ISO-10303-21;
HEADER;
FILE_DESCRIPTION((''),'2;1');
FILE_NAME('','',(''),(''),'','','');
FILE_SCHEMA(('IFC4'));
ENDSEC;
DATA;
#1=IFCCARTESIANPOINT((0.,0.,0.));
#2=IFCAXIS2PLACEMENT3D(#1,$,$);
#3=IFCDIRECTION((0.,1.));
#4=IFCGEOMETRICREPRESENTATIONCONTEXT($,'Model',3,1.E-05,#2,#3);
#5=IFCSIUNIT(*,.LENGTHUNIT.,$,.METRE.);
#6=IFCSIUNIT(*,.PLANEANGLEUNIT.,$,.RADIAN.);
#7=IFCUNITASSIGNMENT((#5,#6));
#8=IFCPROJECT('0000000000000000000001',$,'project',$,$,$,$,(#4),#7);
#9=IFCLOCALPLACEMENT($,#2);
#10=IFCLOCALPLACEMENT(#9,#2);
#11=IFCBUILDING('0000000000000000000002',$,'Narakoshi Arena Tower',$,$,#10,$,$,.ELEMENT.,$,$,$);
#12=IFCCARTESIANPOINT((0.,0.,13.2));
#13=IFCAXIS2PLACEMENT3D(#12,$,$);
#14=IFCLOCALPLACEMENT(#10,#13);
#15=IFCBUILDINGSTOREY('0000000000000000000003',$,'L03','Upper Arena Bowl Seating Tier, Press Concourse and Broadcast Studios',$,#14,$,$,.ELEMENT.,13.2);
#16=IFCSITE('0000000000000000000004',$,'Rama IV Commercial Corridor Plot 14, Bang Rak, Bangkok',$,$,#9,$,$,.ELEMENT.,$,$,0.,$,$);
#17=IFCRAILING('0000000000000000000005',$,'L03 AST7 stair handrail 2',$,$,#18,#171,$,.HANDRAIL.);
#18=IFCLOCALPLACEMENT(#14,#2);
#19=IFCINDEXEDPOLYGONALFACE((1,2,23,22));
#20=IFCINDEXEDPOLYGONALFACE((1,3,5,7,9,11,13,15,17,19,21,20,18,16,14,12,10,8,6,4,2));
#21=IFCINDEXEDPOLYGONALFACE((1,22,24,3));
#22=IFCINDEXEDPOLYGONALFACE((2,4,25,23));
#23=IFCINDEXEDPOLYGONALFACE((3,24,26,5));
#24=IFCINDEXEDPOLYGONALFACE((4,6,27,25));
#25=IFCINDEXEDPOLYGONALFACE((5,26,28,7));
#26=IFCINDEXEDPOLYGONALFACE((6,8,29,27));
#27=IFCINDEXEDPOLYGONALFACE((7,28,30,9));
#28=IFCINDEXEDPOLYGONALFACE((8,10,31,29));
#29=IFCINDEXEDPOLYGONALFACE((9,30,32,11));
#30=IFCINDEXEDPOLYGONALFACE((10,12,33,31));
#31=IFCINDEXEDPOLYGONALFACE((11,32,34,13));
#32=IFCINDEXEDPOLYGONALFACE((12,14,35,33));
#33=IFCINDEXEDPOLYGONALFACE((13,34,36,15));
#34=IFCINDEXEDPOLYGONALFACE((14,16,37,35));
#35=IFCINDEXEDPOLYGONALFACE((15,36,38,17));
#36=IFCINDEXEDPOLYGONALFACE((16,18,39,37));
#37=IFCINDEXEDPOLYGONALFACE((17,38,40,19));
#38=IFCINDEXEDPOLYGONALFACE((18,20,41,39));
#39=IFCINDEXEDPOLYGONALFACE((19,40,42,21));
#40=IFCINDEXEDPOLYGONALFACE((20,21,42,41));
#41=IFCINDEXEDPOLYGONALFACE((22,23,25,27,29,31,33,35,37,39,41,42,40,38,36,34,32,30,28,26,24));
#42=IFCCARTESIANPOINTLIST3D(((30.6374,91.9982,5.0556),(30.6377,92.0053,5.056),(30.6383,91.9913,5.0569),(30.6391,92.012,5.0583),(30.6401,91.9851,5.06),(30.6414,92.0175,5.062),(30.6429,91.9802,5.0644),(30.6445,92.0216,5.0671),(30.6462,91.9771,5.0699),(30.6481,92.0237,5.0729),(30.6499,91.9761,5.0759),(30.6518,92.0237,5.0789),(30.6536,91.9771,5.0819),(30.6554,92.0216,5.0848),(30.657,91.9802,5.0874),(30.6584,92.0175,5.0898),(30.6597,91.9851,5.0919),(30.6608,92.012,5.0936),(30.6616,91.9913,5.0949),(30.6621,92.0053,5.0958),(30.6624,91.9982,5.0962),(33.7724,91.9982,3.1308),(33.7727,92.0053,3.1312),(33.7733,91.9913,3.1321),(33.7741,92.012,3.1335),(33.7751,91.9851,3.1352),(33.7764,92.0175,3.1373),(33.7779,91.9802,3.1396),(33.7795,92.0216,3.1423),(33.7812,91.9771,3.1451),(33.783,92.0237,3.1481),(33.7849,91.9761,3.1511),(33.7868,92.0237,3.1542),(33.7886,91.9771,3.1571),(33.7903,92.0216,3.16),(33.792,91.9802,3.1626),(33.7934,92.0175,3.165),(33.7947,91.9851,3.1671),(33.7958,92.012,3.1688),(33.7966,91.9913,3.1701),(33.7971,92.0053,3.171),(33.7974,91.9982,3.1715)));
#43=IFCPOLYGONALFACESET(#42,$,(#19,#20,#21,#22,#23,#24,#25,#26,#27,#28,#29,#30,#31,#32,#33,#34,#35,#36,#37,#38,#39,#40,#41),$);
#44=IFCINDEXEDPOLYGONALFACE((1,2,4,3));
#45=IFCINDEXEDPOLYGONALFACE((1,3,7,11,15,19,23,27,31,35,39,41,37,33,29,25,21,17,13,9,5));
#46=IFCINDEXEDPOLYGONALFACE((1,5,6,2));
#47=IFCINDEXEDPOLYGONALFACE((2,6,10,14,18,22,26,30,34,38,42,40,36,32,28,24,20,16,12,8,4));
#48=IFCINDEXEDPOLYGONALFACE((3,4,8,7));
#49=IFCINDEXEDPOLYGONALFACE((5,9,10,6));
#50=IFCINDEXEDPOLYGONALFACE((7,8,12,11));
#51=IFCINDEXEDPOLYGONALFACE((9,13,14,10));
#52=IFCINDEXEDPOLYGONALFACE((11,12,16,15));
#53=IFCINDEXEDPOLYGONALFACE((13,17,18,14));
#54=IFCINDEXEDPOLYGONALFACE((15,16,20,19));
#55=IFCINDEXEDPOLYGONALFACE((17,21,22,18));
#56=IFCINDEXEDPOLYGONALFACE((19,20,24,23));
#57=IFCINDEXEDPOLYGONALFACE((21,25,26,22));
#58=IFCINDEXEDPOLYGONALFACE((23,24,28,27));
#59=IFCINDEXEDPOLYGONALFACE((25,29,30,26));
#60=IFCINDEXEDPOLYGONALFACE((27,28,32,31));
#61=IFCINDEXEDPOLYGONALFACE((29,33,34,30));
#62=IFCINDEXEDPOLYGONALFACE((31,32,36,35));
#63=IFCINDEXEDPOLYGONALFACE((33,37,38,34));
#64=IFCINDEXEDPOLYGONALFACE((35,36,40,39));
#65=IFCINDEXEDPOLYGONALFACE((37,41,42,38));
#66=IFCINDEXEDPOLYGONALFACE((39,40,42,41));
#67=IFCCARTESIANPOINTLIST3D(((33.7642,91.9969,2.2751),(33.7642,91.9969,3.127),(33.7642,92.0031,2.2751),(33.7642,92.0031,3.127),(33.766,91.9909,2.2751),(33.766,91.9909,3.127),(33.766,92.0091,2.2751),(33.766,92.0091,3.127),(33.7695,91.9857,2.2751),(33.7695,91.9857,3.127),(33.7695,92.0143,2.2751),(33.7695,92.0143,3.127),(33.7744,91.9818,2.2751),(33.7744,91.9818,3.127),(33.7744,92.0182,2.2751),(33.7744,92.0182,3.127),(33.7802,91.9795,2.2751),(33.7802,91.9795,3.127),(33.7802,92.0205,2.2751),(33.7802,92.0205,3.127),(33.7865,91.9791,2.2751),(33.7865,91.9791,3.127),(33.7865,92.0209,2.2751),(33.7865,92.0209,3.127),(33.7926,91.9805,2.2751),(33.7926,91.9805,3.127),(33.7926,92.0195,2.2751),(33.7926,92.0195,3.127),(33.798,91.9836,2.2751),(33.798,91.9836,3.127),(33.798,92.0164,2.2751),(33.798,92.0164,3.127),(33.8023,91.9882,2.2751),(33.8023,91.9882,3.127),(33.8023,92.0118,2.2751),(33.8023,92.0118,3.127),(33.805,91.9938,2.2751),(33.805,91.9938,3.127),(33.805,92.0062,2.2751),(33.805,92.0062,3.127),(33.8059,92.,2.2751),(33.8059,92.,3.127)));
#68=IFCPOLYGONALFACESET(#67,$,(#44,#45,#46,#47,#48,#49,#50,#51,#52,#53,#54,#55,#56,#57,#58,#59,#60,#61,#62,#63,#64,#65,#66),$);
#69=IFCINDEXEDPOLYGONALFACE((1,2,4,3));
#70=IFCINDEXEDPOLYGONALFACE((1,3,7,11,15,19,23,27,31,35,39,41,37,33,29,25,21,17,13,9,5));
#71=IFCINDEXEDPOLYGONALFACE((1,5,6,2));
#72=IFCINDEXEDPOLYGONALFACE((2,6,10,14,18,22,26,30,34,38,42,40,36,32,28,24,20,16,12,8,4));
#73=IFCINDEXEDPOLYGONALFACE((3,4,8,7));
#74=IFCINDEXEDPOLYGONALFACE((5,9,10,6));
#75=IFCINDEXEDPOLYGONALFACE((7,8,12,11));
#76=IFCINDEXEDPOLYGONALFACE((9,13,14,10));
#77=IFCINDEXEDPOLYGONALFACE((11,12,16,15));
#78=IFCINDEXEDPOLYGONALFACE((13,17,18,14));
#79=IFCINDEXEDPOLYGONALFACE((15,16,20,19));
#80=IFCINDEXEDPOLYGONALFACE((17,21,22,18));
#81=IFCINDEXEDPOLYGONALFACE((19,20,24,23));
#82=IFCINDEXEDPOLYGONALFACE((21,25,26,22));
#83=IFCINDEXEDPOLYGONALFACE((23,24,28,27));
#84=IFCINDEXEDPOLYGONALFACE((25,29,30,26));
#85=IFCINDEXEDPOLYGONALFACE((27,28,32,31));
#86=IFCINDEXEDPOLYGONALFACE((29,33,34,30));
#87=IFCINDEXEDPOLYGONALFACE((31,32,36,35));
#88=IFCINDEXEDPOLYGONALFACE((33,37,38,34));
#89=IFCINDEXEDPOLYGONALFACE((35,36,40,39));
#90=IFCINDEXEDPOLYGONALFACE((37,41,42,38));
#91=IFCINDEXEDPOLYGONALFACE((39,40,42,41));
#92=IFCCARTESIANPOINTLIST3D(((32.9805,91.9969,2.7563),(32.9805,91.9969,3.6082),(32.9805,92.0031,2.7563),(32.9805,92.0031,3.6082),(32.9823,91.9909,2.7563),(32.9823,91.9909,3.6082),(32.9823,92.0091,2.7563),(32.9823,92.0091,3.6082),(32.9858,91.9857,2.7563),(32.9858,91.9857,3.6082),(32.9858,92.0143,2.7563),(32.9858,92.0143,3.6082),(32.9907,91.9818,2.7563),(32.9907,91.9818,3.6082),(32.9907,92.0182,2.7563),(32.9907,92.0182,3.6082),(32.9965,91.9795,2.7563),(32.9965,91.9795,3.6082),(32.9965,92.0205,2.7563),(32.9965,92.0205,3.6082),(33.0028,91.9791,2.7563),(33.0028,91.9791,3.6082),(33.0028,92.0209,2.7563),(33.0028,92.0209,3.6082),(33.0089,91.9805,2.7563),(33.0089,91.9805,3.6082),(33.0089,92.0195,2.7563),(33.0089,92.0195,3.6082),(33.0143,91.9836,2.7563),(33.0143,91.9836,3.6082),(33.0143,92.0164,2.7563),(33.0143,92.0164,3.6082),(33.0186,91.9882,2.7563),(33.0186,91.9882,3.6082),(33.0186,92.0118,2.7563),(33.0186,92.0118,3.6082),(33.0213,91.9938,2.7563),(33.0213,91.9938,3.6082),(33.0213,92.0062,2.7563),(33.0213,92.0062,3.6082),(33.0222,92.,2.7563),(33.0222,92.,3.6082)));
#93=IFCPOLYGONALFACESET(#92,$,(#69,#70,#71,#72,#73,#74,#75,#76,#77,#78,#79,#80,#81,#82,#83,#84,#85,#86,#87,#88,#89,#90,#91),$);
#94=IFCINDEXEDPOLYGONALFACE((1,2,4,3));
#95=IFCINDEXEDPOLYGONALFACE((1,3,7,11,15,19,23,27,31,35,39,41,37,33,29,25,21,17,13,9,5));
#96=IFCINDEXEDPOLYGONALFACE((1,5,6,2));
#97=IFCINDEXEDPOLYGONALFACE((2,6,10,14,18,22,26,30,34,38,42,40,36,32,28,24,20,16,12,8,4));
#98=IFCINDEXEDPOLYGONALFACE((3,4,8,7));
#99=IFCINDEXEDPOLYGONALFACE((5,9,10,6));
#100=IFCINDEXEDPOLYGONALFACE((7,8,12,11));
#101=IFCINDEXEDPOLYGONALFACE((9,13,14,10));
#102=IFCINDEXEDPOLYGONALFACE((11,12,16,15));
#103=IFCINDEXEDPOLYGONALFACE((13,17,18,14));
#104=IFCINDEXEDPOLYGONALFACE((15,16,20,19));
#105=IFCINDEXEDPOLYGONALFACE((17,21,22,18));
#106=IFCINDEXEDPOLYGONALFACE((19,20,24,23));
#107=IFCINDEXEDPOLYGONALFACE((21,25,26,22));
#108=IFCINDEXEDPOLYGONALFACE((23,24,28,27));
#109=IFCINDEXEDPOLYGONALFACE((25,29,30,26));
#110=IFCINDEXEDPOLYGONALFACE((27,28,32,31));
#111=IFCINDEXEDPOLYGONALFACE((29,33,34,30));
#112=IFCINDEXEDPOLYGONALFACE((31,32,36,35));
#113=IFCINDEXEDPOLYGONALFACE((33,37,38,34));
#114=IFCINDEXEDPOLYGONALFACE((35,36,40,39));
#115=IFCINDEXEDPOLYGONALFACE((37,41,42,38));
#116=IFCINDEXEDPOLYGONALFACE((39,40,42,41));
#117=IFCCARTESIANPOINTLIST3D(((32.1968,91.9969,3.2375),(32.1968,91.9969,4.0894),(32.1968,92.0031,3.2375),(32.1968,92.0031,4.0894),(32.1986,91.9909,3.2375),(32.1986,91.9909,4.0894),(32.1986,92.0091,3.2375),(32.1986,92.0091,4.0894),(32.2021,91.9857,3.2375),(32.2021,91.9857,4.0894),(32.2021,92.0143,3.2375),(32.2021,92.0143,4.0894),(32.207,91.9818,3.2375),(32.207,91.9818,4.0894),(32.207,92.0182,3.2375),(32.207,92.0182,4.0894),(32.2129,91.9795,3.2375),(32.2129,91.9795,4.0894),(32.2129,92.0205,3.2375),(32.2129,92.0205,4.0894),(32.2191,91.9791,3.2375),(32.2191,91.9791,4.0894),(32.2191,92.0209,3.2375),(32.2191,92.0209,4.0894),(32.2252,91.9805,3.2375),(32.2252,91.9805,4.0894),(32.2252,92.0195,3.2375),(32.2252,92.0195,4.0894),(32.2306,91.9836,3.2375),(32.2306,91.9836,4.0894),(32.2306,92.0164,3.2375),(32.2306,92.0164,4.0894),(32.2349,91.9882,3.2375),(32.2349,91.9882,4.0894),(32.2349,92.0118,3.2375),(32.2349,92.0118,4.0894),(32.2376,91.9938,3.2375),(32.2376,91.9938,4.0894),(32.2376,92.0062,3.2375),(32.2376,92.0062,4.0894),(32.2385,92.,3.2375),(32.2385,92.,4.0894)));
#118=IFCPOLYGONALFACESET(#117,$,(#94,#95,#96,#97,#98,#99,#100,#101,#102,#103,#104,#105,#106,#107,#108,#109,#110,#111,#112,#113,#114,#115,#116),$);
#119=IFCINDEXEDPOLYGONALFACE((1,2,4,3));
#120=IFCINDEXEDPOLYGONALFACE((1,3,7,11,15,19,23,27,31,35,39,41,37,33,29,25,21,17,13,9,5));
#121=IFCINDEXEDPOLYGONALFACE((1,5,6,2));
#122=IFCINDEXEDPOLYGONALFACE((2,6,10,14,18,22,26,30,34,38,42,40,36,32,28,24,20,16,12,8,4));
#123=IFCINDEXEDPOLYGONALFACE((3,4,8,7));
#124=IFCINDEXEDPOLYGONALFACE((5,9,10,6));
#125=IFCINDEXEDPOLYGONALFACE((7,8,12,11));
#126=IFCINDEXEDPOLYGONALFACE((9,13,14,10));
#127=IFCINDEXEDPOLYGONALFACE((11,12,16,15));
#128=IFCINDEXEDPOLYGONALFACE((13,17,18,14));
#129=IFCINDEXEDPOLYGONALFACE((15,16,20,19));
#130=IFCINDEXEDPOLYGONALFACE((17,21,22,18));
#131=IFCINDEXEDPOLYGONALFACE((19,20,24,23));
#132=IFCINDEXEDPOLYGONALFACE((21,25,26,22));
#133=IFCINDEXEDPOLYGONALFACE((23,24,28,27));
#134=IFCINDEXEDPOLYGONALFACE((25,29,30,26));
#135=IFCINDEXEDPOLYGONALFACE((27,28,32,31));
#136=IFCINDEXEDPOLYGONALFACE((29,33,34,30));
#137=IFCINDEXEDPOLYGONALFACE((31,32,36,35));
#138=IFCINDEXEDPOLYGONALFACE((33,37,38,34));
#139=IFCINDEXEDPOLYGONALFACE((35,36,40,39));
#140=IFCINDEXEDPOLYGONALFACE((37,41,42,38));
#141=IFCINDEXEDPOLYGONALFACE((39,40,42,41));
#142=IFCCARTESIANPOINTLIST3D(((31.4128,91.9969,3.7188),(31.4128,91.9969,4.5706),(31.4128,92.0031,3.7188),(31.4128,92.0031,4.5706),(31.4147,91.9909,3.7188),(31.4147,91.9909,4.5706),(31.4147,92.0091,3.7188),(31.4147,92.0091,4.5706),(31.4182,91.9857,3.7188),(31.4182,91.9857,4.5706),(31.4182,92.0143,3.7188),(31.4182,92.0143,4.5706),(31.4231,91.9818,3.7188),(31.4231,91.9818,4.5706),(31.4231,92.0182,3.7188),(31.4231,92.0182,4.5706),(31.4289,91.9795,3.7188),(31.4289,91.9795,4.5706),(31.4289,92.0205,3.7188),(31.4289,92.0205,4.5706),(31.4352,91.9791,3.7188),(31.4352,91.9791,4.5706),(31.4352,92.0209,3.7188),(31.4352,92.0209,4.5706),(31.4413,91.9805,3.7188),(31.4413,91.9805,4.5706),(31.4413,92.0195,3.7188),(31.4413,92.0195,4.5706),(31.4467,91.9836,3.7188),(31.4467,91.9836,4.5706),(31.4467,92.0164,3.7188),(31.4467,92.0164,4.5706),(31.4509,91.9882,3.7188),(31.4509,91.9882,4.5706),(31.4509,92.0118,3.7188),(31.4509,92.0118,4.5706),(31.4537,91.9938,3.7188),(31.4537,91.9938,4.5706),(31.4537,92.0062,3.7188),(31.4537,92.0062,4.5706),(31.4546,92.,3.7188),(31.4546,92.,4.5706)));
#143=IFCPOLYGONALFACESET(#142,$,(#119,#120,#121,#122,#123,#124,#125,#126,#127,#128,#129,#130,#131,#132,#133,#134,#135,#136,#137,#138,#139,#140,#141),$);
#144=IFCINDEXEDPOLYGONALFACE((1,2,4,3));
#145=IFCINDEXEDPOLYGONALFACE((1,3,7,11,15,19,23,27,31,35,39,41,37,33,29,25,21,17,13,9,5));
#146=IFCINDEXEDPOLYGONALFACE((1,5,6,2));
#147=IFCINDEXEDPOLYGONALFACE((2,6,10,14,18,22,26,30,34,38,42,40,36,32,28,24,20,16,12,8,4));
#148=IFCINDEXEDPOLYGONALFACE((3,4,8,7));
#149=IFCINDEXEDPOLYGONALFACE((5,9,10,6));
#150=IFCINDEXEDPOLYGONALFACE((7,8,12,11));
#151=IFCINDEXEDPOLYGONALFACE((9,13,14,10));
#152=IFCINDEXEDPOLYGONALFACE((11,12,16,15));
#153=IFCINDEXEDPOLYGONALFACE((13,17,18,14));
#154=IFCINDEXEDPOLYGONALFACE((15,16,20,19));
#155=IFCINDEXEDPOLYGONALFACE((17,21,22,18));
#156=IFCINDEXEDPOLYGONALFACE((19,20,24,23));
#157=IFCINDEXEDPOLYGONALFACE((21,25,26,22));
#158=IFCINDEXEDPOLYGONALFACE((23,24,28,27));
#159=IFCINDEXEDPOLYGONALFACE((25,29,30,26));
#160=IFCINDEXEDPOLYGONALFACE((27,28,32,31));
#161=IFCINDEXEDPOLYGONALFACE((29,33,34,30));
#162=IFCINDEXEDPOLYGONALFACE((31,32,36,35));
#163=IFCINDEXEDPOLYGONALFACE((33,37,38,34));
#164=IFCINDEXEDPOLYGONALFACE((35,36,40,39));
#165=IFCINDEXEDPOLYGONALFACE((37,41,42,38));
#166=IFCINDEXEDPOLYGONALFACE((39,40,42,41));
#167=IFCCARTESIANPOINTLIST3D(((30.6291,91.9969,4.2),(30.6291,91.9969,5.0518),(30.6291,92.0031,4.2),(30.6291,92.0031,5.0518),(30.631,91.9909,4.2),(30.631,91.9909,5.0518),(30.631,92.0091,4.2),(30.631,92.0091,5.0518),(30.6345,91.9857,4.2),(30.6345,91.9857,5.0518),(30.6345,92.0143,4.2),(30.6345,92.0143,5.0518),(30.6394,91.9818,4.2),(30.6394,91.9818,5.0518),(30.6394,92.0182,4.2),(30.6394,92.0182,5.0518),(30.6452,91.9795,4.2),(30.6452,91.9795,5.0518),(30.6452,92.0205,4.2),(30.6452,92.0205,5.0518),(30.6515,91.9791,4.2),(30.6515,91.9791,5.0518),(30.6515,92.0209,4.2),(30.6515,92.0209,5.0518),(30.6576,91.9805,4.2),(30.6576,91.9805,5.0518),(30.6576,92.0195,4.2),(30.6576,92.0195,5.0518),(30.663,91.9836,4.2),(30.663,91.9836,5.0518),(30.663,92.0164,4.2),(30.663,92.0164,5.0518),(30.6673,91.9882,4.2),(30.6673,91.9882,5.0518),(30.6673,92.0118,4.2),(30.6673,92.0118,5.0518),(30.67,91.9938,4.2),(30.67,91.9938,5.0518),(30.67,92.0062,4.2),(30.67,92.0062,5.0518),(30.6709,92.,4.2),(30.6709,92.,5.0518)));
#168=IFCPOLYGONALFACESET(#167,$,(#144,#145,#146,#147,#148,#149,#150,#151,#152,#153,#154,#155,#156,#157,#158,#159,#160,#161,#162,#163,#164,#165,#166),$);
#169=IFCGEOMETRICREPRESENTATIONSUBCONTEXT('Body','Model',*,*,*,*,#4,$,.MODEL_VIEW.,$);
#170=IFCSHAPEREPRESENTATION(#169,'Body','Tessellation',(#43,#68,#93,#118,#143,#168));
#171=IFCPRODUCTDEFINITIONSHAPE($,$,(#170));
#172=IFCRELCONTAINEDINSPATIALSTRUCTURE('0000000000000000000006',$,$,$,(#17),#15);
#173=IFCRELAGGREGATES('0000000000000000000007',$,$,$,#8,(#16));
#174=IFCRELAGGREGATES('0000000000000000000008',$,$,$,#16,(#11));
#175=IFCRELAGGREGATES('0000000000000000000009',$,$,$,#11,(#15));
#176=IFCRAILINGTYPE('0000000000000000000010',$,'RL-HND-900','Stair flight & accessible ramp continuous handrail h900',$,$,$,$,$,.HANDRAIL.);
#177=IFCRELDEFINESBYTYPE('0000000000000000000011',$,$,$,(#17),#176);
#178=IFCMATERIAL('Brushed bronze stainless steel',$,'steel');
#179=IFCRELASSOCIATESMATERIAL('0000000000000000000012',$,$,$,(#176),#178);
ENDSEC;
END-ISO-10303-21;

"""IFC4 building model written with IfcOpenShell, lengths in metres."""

from ifc_helpers import new_model, si_unit, direction, frame, origin, origin_2d, place, context, subcontext, project, spatial, circle, extrude, material, type_object, element, save


model = new_model("IFC4")

# Units and contexts
model_context = context("Model", 3, precision=1e-05, world=origin(), true_north=direction((0.0, 1.0)))
body_context = subcontext(model_context, "Body", "Model", "MODEL_VIEW")
ifc_project = project(units=[si_unit("LENGTHUNIT", "METRE"), si_unit("PLANEANGLEUNIT", "RADIAN")], contexts=[model_context])

# Site, building, storey
site_placement = place(None, origin())
site = spatial("IfcSite", under=ifc_project, at=site_placement, Name="Rama IV Commercial Corridor Plot 14, Bang Rak, Bangkok", CompositionType="ELEMENT", RefElevation=0.0)
building_placement = place(site_placement, origin())
building = spatial("IfcBuilding", under=site, at=building_placement, Name="Narakoshi Arena Tower", CompositionType="ELEMENT")
storey_placement = place(building_placement, frame((0.0, 0.0, 13.2)))
storey = spatial("IfcBuildingStorey", under=building, at=storey_placement, Name="L03", Description="Upper Arena Bowl Seating Tier, Press Concourse and Broadcast Studios", CompositionType="ELEMENT", Elevation=13.2)

# Railing
ifc_material_1 = material(Name="Brushed bronze stainless steel", Category="steel")
railing_type_1 = type_object("IfcRailingType", Name="RL-HND-900", Description="Stair flight & accessible ramp continuous handrail h900", PredefinedType="HANDRAIL", material=ifc_material_1)
railing_1_placement = place(storey_placement, frame((33.7849, 92.0, 2.2751)))
element("IfcRailing", 1, at=railing_1_placement, inside=storey, type_object=railing_type_1, Name="L03 AST7 stair handrail 2", PredefinedType="HANDRAIL", context=body_context, shape_type="SweptSolid", body=[
    extrude(circle(Radius=0.0239, at=origin_2d()), frame((0.0, 0.0, 0.876), z_axis=(-0.852196, 0.0, 0.523223), x_axis=(0.0, -1.0, 0.0)), (0.0, 0.0, 1.0), 3.6787),
    extrude(circle(Radius=0.021, at=origin_2d()), origin(), (0.0, 0.0, 1.0), 0.8518),
    extrude(circle(Radius=0.021, at=origin_2d()), frame((-0.7837, 0.0, 0.4812)), (0.0, 0.0, 1.0), 0.8518),
    extrude(circle(Radius=0.021, at=origin_2d()), frame((-1.5674, 0.0, 0.9624)), (0.0, 0.0, 1.0), 0.8518),
    extrude(circle(Radius=0.021, at=origin_2d()), frame((-2.3513, 0.0, 1.4436)), (0.0, 0.0, 1.0), 0.8518),
    extrude(circle(Radius=0.021, at=origin_2d()), frame((-3.135, 0.0, 1.9248)), (0.0, 0.0, 1.0), 0.8518),
])

save(model, "model.ifc")
